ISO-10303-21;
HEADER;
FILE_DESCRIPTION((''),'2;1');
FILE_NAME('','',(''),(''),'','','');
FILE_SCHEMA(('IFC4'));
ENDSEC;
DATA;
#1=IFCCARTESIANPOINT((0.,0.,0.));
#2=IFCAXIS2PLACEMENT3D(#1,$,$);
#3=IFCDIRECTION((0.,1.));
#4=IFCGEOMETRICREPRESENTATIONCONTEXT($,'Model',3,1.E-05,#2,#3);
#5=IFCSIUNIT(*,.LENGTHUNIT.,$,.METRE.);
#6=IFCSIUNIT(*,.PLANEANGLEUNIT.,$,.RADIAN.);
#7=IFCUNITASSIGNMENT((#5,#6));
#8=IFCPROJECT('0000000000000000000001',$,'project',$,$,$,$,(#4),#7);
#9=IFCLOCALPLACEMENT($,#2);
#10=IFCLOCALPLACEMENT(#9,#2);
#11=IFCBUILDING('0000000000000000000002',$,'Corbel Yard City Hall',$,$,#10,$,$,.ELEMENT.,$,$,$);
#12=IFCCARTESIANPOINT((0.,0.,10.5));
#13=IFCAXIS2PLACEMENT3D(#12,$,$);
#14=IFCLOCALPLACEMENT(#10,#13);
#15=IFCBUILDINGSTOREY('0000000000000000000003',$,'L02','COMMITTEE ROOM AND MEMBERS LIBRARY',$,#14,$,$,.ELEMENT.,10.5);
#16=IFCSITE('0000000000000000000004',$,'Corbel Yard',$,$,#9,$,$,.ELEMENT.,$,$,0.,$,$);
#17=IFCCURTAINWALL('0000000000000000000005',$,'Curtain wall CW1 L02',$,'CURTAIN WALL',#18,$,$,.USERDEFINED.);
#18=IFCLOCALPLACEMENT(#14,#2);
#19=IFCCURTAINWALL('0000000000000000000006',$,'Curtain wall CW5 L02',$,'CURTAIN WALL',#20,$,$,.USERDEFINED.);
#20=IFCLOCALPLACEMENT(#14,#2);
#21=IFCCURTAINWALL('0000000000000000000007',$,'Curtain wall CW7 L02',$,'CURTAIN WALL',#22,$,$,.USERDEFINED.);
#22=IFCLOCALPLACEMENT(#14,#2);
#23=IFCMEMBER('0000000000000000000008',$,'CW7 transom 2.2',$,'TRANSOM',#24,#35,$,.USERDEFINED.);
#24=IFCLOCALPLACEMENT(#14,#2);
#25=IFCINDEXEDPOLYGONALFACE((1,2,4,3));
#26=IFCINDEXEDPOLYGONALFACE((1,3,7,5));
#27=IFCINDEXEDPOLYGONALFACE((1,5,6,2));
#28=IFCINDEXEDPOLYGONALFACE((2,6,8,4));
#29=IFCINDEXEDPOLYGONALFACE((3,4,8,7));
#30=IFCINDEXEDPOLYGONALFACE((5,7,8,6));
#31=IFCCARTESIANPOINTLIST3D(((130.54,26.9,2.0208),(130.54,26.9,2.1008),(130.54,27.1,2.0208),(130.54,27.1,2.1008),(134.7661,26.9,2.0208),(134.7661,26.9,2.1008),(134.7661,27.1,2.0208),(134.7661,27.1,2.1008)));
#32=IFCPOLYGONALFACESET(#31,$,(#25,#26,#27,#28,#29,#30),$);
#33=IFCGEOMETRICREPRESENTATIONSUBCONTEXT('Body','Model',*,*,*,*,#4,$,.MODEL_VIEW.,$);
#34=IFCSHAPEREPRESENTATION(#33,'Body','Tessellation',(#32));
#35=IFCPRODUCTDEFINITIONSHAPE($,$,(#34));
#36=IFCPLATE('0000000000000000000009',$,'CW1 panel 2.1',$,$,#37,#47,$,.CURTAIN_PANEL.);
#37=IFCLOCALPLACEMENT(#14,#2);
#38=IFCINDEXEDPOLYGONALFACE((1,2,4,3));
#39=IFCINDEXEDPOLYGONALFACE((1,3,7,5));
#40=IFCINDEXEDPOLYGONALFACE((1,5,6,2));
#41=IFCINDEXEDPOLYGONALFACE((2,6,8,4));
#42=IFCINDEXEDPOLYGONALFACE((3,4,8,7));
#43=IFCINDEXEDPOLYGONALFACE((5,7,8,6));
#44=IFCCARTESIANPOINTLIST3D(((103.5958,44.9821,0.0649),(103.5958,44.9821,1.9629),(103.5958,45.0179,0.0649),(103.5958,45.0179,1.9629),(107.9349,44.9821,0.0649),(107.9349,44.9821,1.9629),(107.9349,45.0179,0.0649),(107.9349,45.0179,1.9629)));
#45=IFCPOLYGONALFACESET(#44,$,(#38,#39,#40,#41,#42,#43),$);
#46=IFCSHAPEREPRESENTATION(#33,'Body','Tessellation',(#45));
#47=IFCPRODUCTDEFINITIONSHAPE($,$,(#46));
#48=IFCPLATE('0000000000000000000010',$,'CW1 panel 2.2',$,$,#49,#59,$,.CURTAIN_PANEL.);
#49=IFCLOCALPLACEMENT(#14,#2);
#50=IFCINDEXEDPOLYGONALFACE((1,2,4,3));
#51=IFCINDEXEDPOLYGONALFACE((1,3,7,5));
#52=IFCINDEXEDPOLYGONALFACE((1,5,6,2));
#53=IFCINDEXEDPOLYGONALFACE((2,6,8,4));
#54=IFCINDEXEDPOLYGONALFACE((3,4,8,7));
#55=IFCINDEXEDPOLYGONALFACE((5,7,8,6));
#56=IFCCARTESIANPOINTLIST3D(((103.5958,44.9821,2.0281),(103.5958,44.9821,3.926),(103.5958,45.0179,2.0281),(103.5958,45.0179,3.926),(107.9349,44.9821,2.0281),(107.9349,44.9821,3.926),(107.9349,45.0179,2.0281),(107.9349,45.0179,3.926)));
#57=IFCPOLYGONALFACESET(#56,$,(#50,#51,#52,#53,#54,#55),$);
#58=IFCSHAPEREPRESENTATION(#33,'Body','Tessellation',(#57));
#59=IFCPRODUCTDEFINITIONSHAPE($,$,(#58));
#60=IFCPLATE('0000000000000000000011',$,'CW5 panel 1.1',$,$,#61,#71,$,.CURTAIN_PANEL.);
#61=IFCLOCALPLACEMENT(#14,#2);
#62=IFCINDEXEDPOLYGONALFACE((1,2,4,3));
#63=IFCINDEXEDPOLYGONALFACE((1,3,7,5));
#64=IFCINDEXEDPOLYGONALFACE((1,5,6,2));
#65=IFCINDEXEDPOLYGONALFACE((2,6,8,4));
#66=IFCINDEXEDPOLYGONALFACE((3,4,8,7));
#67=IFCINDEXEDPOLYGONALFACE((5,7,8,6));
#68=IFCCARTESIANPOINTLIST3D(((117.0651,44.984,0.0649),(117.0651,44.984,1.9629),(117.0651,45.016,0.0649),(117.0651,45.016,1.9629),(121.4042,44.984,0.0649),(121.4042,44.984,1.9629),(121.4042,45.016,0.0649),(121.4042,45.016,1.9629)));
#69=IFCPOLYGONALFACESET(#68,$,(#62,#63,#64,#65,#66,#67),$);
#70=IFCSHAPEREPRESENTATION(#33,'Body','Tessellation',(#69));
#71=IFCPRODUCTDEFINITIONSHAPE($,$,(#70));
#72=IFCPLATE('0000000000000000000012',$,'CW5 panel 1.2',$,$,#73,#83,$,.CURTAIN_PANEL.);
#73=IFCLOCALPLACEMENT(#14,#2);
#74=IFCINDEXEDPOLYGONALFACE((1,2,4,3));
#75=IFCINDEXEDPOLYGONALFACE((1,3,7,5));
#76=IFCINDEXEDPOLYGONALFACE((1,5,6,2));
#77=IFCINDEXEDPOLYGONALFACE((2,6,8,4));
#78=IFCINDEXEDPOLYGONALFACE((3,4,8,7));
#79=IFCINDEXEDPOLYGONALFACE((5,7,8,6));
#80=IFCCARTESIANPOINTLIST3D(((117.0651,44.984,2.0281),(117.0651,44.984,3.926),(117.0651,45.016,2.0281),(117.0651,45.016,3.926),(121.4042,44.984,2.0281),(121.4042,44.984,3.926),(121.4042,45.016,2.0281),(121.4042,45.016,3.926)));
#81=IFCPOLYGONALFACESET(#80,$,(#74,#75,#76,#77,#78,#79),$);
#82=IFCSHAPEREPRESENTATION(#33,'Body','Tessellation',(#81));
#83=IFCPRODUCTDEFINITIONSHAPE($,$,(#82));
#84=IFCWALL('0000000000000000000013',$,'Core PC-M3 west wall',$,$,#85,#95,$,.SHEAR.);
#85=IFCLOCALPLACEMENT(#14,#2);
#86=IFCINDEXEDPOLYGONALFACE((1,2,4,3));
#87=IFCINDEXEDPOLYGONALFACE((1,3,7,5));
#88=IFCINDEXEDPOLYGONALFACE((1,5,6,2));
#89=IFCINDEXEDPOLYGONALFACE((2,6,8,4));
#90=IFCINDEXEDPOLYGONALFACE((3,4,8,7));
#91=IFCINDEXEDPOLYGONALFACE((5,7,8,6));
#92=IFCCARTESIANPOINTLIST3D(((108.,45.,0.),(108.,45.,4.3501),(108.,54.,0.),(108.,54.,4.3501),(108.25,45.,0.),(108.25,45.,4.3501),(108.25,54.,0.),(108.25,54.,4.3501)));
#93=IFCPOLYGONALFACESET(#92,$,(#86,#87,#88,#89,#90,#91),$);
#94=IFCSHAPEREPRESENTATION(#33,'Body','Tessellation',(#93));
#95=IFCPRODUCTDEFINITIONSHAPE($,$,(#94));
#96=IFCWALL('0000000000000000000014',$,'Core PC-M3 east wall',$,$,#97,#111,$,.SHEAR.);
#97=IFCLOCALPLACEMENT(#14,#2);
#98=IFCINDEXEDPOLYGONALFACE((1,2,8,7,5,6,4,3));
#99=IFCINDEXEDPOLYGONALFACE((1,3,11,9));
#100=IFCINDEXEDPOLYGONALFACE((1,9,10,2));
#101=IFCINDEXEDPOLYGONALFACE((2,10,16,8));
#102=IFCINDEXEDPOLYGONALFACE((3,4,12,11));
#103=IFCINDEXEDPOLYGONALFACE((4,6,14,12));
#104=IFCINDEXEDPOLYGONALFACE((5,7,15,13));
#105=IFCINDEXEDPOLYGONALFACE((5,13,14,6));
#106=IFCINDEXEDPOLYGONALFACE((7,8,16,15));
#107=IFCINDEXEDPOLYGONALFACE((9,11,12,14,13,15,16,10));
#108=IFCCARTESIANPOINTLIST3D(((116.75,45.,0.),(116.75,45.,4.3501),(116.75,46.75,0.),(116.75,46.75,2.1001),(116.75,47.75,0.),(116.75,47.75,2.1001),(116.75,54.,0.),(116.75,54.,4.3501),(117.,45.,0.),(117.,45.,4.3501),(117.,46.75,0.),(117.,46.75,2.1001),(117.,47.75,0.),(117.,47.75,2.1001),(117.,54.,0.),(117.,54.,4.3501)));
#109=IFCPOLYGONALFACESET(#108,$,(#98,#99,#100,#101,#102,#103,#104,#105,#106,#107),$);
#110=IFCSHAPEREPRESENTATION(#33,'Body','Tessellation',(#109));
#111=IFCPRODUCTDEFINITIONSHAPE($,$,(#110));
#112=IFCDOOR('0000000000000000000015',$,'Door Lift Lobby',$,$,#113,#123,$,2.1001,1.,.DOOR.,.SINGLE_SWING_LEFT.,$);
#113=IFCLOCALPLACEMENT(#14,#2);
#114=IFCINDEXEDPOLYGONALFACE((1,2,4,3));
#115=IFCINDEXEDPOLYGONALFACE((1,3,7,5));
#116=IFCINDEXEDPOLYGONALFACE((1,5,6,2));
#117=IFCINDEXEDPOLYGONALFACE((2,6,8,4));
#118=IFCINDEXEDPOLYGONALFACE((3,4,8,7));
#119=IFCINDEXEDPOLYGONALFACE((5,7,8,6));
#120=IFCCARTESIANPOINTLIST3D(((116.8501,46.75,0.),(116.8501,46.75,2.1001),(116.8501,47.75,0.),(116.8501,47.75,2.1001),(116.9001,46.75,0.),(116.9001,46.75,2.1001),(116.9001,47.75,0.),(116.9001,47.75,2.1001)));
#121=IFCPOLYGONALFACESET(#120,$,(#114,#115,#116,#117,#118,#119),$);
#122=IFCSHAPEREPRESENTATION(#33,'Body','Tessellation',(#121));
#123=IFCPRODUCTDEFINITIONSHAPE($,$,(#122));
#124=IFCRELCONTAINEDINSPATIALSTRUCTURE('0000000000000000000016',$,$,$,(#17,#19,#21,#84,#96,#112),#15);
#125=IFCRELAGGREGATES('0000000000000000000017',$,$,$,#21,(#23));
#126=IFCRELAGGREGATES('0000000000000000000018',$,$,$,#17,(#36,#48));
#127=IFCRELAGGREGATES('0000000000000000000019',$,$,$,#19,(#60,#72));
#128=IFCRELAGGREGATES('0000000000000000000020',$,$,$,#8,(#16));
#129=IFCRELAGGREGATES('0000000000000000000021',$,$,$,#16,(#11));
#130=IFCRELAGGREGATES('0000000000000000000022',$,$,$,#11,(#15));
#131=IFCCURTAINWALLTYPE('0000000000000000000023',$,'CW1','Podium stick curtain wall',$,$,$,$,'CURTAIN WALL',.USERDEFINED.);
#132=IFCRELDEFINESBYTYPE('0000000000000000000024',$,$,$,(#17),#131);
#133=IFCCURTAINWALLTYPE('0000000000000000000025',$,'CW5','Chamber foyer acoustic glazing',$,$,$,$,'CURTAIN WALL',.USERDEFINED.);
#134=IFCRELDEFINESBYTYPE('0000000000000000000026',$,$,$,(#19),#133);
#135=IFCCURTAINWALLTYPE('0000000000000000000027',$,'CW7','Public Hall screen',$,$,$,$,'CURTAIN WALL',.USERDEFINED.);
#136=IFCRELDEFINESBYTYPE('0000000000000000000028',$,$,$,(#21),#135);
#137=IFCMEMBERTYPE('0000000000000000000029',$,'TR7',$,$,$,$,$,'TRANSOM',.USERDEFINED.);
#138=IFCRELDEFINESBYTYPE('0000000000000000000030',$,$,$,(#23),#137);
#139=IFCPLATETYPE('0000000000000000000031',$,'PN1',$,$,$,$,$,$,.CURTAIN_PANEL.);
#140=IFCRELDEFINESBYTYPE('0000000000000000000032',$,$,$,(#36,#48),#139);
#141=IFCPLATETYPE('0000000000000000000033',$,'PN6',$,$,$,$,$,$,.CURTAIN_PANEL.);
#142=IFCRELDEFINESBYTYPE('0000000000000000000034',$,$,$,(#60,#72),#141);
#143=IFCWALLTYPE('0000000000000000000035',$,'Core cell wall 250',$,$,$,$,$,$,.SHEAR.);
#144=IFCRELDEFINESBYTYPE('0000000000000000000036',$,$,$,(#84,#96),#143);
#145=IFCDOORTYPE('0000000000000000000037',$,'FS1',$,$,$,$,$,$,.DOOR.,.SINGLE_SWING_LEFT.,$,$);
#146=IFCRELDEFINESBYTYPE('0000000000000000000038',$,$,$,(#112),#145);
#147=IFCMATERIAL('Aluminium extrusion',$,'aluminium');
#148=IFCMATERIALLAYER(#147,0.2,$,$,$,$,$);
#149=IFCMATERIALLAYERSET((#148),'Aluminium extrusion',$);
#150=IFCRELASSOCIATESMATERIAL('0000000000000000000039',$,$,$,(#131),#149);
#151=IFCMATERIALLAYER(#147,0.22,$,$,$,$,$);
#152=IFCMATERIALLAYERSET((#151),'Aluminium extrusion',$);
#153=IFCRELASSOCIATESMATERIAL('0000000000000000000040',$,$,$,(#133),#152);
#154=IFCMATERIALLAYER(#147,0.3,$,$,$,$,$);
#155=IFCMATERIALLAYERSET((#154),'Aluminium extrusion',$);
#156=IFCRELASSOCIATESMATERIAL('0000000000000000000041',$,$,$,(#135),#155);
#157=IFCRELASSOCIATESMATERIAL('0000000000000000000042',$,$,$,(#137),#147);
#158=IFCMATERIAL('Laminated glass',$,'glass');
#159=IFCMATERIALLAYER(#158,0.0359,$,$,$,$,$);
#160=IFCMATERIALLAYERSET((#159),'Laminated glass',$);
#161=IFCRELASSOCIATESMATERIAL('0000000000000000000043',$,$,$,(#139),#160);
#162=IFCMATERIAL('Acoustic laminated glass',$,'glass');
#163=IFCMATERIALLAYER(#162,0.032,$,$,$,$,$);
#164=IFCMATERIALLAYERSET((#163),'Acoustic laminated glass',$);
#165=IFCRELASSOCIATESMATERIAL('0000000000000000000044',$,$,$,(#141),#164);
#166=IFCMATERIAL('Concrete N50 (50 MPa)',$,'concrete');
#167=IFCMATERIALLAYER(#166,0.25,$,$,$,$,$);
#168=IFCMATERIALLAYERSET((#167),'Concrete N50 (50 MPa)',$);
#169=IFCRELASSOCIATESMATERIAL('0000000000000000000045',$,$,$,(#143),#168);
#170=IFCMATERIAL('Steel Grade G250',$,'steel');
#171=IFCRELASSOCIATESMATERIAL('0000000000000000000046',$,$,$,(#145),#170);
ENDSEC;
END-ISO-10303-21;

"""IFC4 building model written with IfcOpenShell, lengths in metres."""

from ifc_helpers import new_model, si_unit, direction, frame, frame_2d, origin, origin_2d, place, context, subcontext, project, spatial, rectangle, extrude, material, layer, layer_set, material_profile, profile_set, type_object, element, fill, aggregate, save


model = new_model("IFC4")

# Units and contexts
model_context = context("Model", 3, precision=1e-05, world=origin(), true_north=direction((0.0, 1.0)))
body_context = subcontext(model_context, "Body", "Model", "MODEL_VIEW")
ifc_project = project(units=[si_unit("LENGTHUNIT", "METRE"), si_unit("PLANEANGLEUNIT", "RADIAN")], contexts=[model_context])

# Site, building, storey
site_placement = place(None, origin())
site = spatial("IfcSite", under=ifc_project, at=site_placement, Name="Corbel Yard", CompositionType="ELEMENT", RefElevation=0.0)
building_placement = place(site_placement, origin())
building = spatial("IfcBuilding", under=site, at=building_placement, Name="Corbel Yard City Hall", CompositionType="ELEMENT")
storey_placement = place(building_placement, frame((0.0, 0.0, 10.5)))
storey = spatial("IfcBuildingStorey", under=building, at=storey_placement, Name="L02", Description="COMMITTEE ROOM AND MEMBERS LIBRARY", CompositionType="ELEMENT", Elevation=10.5)

# Curtain walls
ifc_material_1 = material(Name="Aluminium extrusion", Category="aluminium")
ifc_layer_1 = layer(ifc_material_1, 0.2)
ifc_layer_set_1 = layer_set([ifc_layer_1], Name="Aluminium extrusion")
curtain_wall_type_1 = type_object("IfcCurtainWallType", Name="CW1", Description="Podium stick curtain wall", ElementType="CURTAIN WALL", PredefinedType="USERDEFINED", material=ifc_layer_set_1)
curtain_wall_1_placement = place(storey_placement, origin())
curtain_wall_1 = element("IfcCurtainWall", 1, at=curtain_wall_1_placement, inside=storey, type_object=curtain_wall_type_1, Name="Curtain wall CW1 L02", ObjectType="CURTAIN WALL", PredefinedType="USERDEFINED")
ifc_layer_2 = layer(ifc_material_1, 0.22)
ifc_layer_set_2 = layer_set([ifc_layer_2], Name="Aluminium extrusion")
curtain_wall_type_2 = type_object("IfcCurtainWallType", Name="CW5", Description="Chamber foyer acoustic glazing", ElementType="CURTAIN WALL", PredefinedType="USERDEFINED", material=ifc_layer_set_2)
curtain_wall_2_placement = place(storey_placement, origin())
curtain_wall_2 = element("IfcCurtainWall", 2, at=curtain_wall_2_placement, inside=storey, type_object=curtain_wall_type_2, Name="Curtain wall CW5 L02", ObjectType="CURTAIN WALL", PredefinedType="USERDEFINED")

# Curtain wall, member
ifc_layer_3 = layer(ifc_material_1, 0.3)
ifc_layer_set_3 = layer_set([ifc_layer_3], Name="Aluminium extrusion")
curtain_wall_type_3 = type_object("IfcCurtainWallType", Name="CW7", Description="Public Hall screen", ElementType="CURTAIN WALL", PredefinedType="USERDEFINED", material=ifc_layer_set_3)
curtain_wall_3_placement = place(storey_placement, origin())
curtain_wall_3 = element("IfcCurtainWall", 3, at=curtain_wall_3_placement, inside=storey, type_object=curtain_wall_type_3, Name="Curtain wall CW7 L02", ObjectType="CURTAIN WALL", PredefinedType="USERDEFINED")
ifc_material_profile_1 = material_profile(ifc_material_1, rectangle(XDim=0.2, YDim=0.0801, at=origin_2d()), Name="200x80")
ifc_profile_set_1 = profile_set([ifc_material_profile_1], Name="Aluminium extrusion")
member_type_1 = type_object("IfcMemberType", Name="TR7", ElementType="TRANSOM", PredefinedType="USERDEFINED", material=ifc_profile_set_1)
member_1_placement = place(storey_placement, frame((130.54, 27.0, 2.0608), z_axis=(1.0, 0.0, 0.0), x_axis=(0.0, 1.0, 0.0)))
member_1 = element("IfcMember", 4, at=member_1_placement, type_object=member_type_1, Name="CW7 transom 2.2", ObjectType="TRANSOM", PredefinedType="USERDEFINED", context=body_context, shape_type="SweptSolid", body=[
    extrude(rectangle(XDim=0.2, YDim=0.0801, at=origin_2d()), origin(), (0.0, 0.0, 1.0), 4.2261),
])
aggregate(curtain_wall_3, [member_1])

# Plates
ifc_material_2 = material(Name="Laminated glass", Category="glass")
ifc_layer_4 = layer(ifc_material_2, 0.0359)
ifc_layer_set_4 = layer_set([ifc_layer_4], Name="Laminated glass")
plate_type_1 = type_object("IfcPlateType", Name="PN1", PredefinedType="CURTAIN_PANEL", material=ifc_layer_set_4)
plate_1_placement = place(storey_placement, frame((105.7654, 45.0, 0.0649), z_axis=(0.0, 0.0, 1.0), x_axis=(1.0, 0.0, 0.0)))
plate_1 = element("IfcPlate", 5, at=plate_1_placement, type_object=plate_type_1, Name="CW1 panel 2.1", PredefinedType="CURTAIN_PANEL", context=body_context, shape_type="SweptSolid", body=[
    extrude(rectangle(XDim=4.3391, YDim=0.0359, at=origin_2d()), origin(), (0.0, 0.0, 1.0), 1.8979),
])
plate_2_placement = place(storey_placement, frame((105.7654, 45.0, 2.0281), z_axis=(0.0, 0.0, 1.0), x_axis=(1.0, 0.0, 0.0)))
plate_2 = element("IfcPlate", 6, at=plate_2_placement, type_object=plate_type_1, Name="CW1 panel 2.2", PredefinedType="CURTAIN_PANEL", context=body_context, shape_type="SweptSolid", body=[
    extrude(rectangle(XDim=4.3391, YDim=0.0359, at=origin_2d()), origin(), (0.0, 0.0, 1.0), 1.8979),
])
aggregate(curtain_wall_1, [plate_1, plate_2])
ifc_material_3 = material(Name="Acoustic laminated glass", Category="glass")
ifc_layer_5 = layer(ifc_material_3, 0.032)
ifc_layer_set_5 = layer_set([ifc_layer_5], Name="Acoustic laminated glass")
plate_type_2 = type_object("IfcPlateType", Name="PN6", PredefinedType="CURTAIN_PANEL", material=ifc_layer_set_5)
plate_3_placement = place(storey_placement, frame((119.2346, 45.0, 0.0649), z_axis=(0.0, 0.0, 1.0), x_axis=(1.0, 0.0, 0.0)))
plate_3 = element("IfcPlate", 7, at=plate_3_placement, type_object=plate_type_2, Name="CW5 panel 1.1", PredefinedType="CURTAIN_PANEL", context=body_context, shape_type="SweptSolid", body=[
    extrude(rectangle(XDim=4.3391, YDim=0.032, at=origin_2d()), origin(), (0.0, 0.0, 1.0), 1.8979),
])
plate_4_placement = place(storey_placement, frame((119.2346, 45.0, 2.0281), z_axis=(0.0, 0.0, 1.0), x_axis=(1.0, 0.0, 0.0)))
plate_4 = element("IfcPlate", 8, at=plate_4_placement, type_object=plate_type_2, Name="CW5 panel 1.2", PredefinedType="CURTAIN_PANEL", context=body_context, shape_type="SweptSolid", body=[
    extrude(rectangle(XDim=4.3391, YDim=0.032, at=origin_2d()), origin(), (0.0, 0.0, 1.0), 1.8979),
])
aggregate(curtain_wall_2, [plate_3, plate_4])

# Wall
ifc_material_4 = material(Name="Concrete N50 (50 MPa)", Category="concrete")
ifc_layer_6 = layer(ifc_material_4, 0.25)
ifc_layer_set_6 = layer_set([ifc_layer_6], Name="Concrete N50 (50 MPa)")
wall_type = type_object("IfcWallType", Name="Core cell wall 250", PredefinedType="SHEAR", material=ifc_layer_set_6)
wall_1_placement = place(storey_placement, frame((108.125, 45.0, 0.0), z_axis=(0.0, 0.0, 1.0), x_axis=(0.0, 1.0, 0.0)))
element("IfcWall", 9, at=wall_1_placement, inside=storey, type_object=wall_type, Name="Core PC-M3 west wall", PredefinedType="SHEAR", context=body_context, shape_type="SweptSolid", body=[
    extrude(rectangle(XDim=9.0, YDim=0.25, at=frame_2d((4.5, 0.0))), origin(), (0.0, 0.0, 1.0), 4.3501),
])

# Wall, opening, door
wall_2_placement = place(storey_placement, frame((116.875, 45.0, 0.0), z_axis=(0.0, 0.0, 1.0), x_axis=(0.0, 1.0, 0.0)))
wall_2 = element("IfcWall", 10, at=wall_2_placement, inside=storey, type_object=wall_type, Name="Core PC-M3 east wall", PredefinedType="SHEAR", context=body_context, shape_type="SweptSolid", body=[
    extrude(rectangle(XDim=9.0, YDim=0.25, at=frame_2d((4.5, 0.0))), origin(), (0.0, 0.0, 1.0), 4.3501),
])
opening_placement = place(wall_2_placement, frame((1.75, 0.0, 0.0)))
opening = element("IfcOpeningElement", 11, at=opening_placement, cuts=wall_2, PredefinedType="OPENING", context=body_context, shape_type="SweptSolid", body=[
    extrude(rectangle(XDim=1.0, YDim=2.1001, at=frame_2d((0.5, 1.05))), frame((0.0, 0.135, 0.0), z_axis=(0.0, -1.0, 0.0), x_axis=(1.0, 0.0, 0.0)), (0.0, 0.0, 1.0), 0.27),
])
ifc_material_5 = material(Name="Steel Grade G250", Category="steel")
door_type = type_object("IfcDoorType", Name="FS1", OperationType="SINGLE_SWING_LEFT", PredefinedType="DOOR", material=ifc_material_5)
door_placement = place(opening_placement, origin())
door = element("IfcDoor", 12, at=door_placement, inside=storey, type_object=door_type, Name="Door Lift Lobby", OperationType="SINGLE_SWING_LEFT", OverallHeight=2.1001, OverallWidth=1.0, PredefinedType="DOOR", context=body_context, shape_type="SweptSolid", body=[
    extrude(rectangle(XDim=1.0, YDim=2.1001, at=frame_2d((0.5, 1.05))), frame((0.0, 0.0249, 0.0), z_axis=(0.0, -1.0, 0.0), x_axis=(1.0, 0.0, 0.0)), (0.0, 0.0, 1.0), 0.05),
])
fill(opening, door)

save(model, "model.ifc")
